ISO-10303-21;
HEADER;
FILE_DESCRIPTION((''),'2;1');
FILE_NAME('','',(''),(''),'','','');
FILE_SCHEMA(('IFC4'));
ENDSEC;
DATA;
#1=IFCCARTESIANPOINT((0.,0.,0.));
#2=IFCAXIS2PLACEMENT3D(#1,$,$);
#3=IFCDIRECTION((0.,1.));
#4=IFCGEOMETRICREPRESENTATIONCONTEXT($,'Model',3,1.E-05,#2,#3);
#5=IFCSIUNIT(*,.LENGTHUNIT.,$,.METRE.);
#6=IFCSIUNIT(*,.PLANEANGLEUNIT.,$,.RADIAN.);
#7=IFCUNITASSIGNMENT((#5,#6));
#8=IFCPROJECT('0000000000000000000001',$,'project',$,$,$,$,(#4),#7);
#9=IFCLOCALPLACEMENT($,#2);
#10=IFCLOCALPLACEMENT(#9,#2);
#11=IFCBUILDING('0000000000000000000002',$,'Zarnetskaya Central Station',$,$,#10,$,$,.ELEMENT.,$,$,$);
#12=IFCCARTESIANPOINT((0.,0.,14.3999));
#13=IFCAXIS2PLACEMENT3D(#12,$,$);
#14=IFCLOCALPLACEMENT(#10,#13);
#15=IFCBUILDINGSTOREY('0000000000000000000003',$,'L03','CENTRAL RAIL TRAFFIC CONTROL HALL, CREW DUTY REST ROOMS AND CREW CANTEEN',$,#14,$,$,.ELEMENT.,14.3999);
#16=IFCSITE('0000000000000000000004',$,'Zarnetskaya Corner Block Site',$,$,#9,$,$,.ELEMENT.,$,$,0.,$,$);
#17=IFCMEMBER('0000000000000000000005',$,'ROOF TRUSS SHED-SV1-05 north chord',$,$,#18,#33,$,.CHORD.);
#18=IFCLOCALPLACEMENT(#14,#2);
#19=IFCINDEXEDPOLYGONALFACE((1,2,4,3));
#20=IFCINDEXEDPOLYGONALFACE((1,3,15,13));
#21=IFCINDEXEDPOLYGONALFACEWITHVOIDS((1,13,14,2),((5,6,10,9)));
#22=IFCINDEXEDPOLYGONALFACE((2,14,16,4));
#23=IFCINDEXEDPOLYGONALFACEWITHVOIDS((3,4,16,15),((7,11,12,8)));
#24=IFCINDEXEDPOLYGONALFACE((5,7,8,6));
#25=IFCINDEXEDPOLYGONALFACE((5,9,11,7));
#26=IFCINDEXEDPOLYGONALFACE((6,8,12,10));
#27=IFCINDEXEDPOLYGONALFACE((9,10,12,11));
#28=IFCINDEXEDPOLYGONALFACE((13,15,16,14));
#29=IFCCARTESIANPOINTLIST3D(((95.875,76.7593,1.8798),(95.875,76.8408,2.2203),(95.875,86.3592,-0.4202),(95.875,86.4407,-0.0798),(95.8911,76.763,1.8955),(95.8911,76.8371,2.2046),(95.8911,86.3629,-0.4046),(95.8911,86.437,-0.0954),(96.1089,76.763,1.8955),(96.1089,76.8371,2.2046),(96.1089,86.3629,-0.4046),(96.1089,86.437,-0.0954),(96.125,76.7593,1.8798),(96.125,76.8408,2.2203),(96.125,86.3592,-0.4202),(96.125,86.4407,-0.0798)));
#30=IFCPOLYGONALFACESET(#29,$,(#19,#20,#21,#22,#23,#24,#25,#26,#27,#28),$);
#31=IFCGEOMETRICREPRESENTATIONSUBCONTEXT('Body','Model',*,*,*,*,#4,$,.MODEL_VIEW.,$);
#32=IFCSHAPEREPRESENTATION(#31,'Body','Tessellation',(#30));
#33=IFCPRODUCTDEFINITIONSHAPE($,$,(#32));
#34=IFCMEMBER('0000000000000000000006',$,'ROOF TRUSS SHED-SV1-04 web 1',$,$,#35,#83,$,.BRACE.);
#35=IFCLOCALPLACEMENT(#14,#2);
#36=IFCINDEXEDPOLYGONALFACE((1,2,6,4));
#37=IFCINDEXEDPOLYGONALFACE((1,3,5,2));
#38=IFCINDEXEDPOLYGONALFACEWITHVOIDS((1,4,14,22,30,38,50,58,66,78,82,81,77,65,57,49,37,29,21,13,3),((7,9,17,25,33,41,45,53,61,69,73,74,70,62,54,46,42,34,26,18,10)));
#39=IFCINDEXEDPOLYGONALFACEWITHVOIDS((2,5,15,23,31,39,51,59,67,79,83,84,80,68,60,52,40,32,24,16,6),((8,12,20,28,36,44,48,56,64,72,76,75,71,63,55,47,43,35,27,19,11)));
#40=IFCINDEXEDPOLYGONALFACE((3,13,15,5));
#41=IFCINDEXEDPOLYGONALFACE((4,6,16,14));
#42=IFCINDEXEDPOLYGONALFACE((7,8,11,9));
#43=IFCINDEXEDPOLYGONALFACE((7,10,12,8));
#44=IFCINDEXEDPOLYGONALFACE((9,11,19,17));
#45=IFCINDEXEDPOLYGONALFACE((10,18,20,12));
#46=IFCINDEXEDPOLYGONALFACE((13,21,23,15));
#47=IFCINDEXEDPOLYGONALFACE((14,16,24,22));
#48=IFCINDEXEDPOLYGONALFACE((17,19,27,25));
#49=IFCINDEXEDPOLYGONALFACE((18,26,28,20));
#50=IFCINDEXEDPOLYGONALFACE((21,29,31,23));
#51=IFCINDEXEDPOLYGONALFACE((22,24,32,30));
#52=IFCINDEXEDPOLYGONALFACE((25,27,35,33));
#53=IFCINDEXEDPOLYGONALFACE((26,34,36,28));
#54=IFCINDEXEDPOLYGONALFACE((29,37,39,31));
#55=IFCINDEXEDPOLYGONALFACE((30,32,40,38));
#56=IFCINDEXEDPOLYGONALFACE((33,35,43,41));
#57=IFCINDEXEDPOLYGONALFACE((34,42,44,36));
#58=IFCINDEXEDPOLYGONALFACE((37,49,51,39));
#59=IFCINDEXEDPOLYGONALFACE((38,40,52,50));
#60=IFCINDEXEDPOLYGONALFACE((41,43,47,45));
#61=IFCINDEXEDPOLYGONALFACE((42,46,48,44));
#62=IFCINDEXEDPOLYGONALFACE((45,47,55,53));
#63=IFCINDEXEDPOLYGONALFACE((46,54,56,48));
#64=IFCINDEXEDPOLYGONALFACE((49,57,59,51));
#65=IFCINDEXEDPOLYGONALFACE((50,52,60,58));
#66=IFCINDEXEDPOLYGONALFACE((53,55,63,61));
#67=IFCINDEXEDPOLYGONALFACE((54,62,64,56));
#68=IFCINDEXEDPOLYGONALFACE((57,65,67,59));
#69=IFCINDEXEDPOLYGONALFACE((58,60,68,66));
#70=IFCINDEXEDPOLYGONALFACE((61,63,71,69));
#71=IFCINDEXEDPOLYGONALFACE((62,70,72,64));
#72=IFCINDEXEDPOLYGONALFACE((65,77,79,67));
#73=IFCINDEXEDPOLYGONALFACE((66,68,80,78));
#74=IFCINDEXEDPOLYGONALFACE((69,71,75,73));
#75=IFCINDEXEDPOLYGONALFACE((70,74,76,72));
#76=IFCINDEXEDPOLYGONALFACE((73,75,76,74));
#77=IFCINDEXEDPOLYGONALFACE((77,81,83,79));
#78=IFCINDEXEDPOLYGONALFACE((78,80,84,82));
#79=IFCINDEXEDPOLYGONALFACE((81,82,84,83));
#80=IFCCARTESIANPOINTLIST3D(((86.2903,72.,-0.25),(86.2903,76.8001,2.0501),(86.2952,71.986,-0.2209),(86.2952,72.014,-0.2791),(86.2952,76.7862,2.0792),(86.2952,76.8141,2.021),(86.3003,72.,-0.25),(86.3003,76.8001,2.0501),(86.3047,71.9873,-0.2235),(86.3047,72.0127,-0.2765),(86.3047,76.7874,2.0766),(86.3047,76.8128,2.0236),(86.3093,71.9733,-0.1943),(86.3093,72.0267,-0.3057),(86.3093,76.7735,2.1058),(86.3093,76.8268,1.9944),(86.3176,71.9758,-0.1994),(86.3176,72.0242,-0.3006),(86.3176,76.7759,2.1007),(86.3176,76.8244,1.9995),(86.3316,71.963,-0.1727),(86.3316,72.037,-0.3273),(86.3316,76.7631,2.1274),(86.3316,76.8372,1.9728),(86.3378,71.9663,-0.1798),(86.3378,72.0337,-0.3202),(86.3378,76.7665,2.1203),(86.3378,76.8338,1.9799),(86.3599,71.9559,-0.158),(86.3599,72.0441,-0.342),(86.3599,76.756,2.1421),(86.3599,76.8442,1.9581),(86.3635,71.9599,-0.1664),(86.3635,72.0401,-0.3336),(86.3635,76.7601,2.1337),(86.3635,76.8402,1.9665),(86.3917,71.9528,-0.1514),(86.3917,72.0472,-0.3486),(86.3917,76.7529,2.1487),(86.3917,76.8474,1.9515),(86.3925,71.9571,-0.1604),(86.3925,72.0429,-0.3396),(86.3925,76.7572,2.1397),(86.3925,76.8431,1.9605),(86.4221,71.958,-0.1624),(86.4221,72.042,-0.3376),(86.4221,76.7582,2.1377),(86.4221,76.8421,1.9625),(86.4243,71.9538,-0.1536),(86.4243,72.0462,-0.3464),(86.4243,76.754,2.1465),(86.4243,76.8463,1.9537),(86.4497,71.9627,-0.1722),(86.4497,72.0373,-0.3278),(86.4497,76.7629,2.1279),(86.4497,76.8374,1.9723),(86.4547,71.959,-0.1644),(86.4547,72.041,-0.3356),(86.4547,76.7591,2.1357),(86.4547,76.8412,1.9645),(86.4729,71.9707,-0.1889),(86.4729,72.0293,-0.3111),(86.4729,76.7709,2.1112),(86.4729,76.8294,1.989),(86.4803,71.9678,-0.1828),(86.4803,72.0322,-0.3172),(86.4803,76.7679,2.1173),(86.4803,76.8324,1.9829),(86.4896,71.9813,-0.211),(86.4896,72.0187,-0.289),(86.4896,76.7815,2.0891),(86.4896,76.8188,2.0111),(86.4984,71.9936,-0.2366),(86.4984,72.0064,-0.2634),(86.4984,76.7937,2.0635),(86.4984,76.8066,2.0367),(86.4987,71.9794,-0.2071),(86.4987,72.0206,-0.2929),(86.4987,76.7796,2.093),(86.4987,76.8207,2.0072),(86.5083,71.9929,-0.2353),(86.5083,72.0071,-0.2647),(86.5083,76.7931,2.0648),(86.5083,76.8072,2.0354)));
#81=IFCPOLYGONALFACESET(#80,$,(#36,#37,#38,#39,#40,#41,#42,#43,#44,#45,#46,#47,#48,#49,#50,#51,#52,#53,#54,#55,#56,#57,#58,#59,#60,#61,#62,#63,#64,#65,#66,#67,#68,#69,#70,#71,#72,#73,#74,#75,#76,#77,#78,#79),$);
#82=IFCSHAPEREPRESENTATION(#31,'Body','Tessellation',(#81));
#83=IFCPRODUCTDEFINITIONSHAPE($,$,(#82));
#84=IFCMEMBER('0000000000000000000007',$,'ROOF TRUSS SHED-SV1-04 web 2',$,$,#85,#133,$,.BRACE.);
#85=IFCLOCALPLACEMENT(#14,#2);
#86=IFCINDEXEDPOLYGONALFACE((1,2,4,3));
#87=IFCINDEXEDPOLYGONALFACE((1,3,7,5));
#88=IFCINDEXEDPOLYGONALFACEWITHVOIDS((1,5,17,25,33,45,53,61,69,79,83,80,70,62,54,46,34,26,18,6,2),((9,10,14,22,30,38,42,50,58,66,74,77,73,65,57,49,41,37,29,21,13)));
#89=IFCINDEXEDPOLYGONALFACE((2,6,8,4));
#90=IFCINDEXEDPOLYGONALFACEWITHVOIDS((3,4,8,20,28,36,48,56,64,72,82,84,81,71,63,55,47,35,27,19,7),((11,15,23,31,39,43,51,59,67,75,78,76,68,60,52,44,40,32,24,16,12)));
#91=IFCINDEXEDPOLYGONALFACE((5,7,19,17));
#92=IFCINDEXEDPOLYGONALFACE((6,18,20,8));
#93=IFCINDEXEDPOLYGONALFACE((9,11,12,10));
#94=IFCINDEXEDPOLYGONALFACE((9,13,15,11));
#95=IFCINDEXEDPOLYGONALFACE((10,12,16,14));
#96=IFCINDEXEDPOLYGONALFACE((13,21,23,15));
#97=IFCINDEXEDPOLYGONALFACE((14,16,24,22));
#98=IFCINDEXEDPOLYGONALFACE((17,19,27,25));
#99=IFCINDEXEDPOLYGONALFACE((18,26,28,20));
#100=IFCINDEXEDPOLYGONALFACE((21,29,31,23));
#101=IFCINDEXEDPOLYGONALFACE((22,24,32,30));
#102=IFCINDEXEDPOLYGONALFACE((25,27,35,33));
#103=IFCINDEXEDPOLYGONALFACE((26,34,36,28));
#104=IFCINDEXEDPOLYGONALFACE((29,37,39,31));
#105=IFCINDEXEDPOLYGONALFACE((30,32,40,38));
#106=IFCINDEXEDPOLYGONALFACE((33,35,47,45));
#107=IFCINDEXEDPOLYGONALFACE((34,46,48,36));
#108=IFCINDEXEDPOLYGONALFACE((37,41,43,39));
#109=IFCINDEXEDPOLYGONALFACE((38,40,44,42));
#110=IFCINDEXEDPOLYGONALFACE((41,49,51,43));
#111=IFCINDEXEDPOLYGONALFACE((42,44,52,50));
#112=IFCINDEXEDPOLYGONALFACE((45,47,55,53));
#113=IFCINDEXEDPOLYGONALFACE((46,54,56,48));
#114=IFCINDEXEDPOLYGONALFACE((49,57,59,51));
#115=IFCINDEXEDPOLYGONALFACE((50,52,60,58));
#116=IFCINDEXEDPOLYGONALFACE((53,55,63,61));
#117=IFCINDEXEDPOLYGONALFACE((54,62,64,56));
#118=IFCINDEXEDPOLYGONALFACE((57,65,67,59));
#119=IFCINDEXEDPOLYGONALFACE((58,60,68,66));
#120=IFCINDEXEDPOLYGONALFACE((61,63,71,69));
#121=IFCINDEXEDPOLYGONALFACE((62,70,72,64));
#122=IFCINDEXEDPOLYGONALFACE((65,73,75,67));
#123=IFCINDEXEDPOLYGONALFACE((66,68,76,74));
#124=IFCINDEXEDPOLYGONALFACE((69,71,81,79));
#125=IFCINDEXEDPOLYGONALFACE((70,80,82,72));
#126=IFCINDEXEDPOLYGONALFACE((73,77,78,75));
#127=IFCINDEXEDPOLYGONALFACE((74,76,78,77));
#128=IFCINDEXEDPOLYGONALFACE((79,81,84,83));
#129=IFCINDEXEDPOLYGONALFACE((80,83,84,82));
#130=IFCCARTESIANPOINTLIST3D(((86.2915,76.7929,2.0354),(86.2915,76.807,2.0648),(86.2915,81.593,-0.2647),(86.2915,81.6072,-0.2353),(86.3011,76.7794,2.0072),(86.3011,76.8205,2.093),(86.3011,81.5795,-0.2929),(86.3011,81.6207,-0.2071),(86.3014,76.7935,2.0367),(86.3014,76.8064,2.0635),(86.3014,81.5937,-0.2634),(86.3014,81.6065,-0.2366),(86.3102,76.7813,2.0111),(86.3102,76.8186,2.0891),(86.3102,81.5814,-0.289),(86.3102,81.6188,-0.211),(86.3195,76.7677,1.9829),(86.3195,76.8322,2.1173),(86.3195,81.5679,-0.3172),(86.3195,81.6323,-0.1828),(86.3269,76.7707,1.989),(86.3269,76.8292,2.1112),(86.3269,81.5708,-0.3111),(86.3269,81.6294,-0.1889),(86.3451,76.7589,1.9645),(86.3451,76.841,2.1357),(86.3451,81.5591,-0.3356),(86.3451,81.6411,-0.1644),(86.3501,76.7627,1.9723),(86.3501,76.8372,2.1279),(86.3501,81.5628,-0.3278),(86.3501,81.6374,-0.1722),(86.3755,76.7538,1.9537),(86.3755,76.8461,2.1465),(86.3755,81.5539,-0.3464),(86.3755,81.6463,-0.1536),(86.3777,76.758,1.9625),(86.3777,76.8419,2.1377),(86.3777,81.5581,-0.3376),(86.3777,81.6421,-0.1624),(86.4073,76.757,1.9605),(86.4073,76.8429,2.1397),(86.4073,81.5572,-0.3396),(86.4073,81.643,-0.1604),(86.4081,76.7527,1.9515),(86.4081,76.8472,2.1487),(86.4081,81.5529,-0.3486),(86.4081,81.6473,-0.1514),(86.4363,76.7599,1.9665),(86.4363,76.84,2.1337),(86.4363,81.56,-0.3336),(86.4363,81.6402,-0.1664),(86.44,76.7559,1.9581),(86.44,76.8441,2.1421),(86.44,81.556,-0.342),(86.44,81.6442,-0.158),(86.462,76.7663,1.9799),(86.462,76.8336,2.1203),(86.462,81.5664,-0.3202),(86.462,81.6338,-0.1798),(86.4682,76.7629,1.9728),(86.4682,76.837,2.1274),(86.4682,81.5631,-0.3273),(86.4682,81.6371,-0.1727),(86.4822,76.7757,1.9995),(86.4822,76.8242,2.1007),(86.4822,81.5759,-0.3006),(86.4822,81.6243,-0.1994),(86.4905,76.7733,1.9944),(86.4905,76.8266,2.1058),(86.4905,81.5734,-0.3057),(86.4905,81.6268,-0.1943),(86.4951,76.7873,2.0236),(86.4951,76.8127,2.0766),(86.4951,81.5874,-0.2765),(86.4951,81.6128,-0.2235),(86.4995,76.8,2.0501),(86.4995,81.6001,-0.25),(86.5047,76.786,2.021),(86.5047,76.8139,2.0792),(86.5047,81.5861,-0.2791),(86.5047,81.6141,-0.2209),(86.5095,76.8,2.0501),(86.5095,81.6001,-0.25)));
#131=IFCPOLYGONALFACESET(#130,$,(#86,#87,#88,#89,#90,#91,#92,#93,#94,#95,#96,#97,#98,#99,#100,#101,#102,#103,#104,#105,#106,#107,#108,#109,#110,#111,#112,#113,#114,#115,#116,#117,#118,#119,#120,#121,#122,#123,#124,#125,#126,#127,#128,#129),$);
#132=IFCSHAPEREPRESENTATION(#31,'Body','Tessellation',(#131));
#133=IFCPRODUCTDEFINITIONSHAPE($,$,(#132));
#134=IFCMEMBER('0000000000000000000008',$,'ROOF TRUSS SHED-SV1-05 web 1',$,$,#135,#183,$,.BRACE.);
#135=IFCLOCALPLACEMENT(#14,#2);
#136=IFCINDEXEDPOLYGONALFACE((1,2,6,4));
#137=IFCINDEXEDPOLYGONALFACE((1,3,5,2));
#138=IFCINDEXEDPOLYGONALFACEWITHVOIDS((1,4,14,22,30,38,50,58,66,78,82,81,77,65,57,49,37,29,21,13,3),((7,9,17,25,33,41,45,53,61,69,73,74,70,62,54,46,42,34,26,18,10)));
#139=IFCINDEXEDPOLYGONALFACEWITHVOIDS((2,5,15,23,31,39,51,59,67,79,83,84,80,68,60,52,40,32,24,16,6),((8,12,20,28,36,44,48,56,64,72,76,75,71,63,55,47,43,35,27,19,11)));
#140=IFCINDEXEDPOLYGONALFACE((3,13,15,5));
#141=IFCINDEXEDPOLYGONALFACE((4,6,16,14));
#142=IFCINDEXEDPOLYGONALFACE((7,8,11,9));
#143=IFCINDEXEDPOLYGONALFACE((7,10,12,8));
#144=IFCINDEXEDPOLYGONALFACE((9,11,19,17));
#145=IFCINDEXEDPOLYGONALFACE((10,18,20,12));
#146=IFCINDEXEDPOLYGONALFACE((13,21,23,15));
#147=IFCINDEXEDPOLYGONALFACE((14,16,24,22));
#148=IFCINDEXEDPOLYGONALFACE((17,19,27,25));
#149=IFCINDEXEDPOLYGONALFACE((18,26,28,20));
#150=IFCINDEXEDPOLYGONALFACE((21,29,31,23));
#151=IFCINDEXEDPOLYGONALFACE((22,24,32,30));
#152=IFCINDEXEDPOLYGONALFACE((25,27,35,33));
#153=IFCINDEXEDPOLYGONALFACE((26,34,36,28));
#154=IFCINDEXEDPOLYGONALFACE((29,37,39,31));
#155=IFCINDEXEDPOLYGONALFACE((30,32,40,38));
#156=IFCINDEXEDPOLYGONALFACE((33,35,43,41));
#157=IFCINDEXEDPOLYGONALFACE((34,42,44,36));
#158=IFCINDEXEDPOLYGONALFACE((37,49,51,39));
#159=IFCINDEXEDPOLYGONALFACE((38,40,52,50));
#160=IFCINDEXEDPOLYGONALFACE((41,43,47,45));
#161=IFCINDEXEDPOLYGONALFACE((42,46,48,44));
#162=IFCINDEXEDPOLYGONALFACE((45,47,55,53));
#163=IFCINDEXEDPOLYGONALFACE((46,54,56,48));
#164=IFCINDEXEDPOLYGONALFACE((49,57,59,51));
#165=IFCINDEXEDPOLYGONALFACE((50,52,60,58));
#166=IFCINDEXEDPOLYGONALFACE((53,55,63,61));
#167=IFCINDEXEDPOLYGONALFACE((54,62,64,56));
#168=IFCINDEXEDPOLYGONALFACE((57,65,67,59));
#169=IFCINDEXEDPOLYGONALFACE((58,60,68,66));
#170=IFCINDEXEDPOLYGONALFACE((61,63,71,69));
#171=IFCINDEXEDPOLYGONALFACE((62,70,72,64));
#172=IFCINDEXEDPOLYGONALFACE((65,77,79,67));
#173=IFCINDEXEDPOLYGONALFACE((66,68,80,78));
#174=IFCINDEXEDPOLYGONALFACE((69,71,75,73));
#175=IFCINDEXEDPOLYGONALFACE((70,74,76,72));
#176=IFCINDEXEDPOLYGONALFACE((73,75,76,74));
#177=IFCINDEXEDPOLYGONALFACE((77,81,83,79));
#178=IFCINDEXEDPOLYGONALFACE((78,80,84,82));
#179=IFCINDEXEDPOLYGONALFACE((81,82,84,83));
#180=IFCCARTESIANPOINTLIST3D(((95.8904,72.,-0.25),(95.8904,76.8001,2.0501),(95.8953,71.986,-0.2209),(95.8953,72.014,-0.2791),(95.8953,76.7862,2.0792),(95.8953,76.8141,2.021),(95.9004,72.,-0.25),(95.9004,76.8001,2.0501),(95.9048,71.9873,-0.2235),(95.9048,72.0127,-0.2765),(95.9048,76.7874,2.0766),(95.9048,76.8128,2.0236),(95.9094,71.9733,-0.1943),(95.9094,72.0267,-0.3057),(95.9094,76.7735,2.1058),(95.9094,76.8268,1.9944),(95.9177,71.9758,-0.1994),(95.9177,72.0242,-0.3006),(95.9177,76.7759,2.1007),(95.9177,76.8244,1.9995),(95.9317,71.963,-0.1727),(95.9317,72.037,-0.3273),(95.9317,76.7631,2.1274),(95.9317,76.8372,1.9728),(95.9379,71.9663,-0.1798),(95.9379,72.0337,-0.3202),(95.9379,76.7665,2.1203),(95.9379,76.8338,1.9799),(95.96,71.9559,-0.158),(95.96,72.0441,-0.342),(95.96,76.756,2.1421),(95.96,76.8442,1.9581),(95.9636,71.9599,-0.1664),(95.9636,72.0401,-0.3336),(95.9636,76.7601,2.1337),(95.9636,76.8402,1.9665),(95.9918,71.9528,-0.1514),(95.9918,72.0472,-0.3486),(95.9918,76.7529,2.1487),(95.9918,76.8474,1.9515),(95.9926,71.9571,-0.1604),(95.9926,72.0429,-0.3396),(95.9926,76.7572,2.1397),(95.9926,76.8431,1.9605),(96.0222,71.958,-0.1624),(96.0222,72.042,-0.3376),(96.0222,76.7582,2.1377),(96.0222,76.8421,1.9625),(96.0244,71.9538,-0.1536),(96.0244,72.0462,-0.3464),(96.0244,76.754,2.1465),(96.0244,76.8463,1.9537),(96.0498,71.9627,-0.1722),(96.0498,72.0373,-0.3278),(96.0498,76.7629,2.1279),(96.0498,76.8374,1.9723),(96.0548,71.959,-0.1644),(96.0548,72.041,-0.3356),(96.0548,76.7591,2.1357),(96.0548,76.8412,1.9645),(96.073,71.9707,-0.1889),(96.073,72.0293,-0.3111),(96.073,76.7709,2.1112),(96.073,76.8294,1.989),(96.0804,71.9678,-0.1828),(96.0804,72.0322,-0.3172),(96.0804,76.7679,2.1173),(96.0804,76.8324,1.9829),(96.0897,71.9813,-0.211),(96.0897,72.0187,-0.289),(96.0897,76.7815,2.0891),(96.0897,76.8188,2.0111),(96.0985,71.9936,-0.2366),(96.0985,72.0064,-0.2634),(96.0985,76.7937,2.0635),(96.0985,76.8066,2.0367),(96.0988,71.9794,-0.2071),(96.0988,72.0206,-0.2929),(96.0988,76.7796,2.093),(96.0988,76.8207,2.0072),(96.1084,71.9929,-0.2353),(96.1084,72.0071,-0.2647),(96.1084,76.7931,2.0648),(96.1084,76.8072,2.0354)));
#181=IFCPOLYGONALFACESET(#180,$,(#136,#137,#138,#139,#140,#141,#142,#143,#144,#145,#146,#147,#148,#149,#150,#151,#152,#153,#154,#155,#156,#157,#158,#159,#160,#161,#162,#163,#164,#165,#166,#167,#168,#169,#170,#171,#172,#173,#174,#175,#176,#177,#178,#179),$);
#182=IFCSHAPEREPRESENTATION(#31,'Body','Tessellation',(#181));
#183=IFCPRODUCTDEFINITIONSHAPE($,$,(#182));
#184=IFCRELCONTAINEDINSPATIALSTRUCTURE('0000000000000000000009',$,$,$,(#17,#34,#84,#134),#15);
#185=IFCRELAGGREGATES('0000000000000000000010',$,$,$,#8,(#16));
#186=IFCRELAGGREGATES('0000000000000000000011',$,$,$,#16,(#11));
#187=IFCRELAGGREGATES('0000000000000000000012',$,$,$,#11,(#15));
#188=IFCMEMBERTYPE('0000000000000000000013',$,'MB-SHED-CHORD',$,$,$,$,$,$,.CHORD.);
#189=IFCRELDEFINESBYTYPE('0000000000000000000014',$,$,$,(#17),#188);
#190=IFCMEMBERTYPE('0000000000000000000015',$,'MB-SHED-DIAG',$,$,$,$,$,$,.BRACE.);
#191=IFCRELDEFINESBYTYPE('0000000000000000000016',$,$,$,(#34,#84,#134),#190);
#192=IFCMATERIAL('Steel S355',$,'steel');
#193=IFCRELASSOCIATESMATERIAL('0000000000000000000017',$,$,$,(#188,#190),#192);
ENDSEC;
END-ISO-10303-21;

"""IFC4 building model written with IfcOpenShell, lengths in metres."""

from ifc_helpers import new_model, si_unit, direction, frame, origin, origin_2d, place, context, subcontext, project, spatial, hollow_rectangle, hollow_circle, extrude, material, material_profile, profile_set, type_object, element, save


model = new_model("IFC4")

# Units and contexts
model_context = context("Model", 3, precision=1e-05, world=origin(), true_north=direction((0.0, 1.0)))
body_context = subcontext(model_context, "Body", "Model", "MODEL_VIEW")
ifc_project = project(units=[si_unit("LENGTHUNIT", "METRE"), si_unit("PLANEANGLEUNIT", "RADIAN")], contexts=[model_context])

# Site, building, storey
site_placement = place(None, origin())
site = spatial("IfcSite", under=ifc_project, at=site_placement, Name="Zarnetskaya Corner Block Site", CompositionType="ELEMENT", RefElevation=0.0)
building_placement = place(site_placement, origin())
building = spatial("IfcBuilding", under=site, at=building_placement, Name="Zarnetskaya Central Station", CompositionType="ELEMENT")
storey_placement = place(building_placement, frame((0.0, 0.0, 14.3999)))
storey = spatial("IfcBuildingStorey", under=building, at=storey_placement, Name="L03", Description="CENTRAL RAIL TRAFFIC CONTROL HALL, CREW DUTY REST ROOMS AND CREW CANTEEN", CompositionType="ELEMENT", Elevation=14.3999)

# Shared definitions
ifc_material_1 = material(Name="Steel S355", Category="steel")

# Members
ifc_material_profile_1 = material_profile(ifc_material_1, hollow_rectangle(XDim=0.25, YDim=0.3501, WallThickness=0.0161, at=origin_2d()), Name="RHS 350x250x16")
ifc_profile_set_1 = profile_set([ifc_material_profile_1], Name="Steel S355")
member_type_1 = type_object("IfcMemberType", Name="MB-SHED-CHORD", PredefinedType="CHORD", material=ifc_profile_set_1)
member_1_placement = place(storey_placement, frame((96.0, 76.8, 2.05), z_axis=(0.0, 0.972477, -0.232998), x_axis=(-1.0, 0.0, 0.0)))
element("IfcMember", 1, at=member_1_placement, inside=storey, type_object=member_type_1, Name="ROOF TRUSS SHED-SV1-05 north chord", PredefinedType="CHORD", context=body_context, shape_type="SweptSolid", body=[
    extrude(hollow_rectangle(XDim=0.25, YDim=0.3501, WallThickness=0.0161, at=origin_2d()), origin(), (0.0, 0.0, 1.0), 9.8716),
])
ifc_material_profile_2 = material_profile(ifc_material_1, hollow_circle(Radius=0.1096, WallThickness=0.01, at=origin_2d()), Name="CHS 219.1x10")
ifc_profile_set_2 = profile_set([ifc_material_profile_2], Name="Steel S355")
member_type_2 = type_object("IfcMemberType", Name="MB-SHED-DIAG", PredefinedType="BRACE", material=ifc_profile_set_2)
for number, where, z_axis, x_axis, name in (
    (2, (86.3999, 72.0, -0.25), (0.0, 0.901814, 0.432124), (-1.0, 0.0, 0.0), "ROOF TRUSS SHED-SV1-04 web 1"),
    (3, (86.3999, 81.6001, -0.25), (0.0, -0.901814, 0.432124), (1.0, 0.0, 0.0), "ROOF TRUSS SHED-SV1-04 web 2"),
    (4, (96.0, 72.0, -0.25), (0.0, 0.901814, 0.432124), (-1.0, 0.0, 0.0), "ROOF TRUSS SHED-SV1-05 web 1"),
):
    element("IfcMember", number, at=place(storey_placement, frame(where, z_axis=z_axis, x_axis=x_axis)), inside=storey, type_object=member_type_2, Name=name, PredefinedType="BRACE", context=body_context, shape_type="SweptSolid", body=[
        extrude(hollow_circle(Radius=0.1096, WallThickness=0.01, at=origin_2d()), origin(), (0.0, 0.0, 1.0), 5.3228),
    ])

save(model, "model.ifc")
